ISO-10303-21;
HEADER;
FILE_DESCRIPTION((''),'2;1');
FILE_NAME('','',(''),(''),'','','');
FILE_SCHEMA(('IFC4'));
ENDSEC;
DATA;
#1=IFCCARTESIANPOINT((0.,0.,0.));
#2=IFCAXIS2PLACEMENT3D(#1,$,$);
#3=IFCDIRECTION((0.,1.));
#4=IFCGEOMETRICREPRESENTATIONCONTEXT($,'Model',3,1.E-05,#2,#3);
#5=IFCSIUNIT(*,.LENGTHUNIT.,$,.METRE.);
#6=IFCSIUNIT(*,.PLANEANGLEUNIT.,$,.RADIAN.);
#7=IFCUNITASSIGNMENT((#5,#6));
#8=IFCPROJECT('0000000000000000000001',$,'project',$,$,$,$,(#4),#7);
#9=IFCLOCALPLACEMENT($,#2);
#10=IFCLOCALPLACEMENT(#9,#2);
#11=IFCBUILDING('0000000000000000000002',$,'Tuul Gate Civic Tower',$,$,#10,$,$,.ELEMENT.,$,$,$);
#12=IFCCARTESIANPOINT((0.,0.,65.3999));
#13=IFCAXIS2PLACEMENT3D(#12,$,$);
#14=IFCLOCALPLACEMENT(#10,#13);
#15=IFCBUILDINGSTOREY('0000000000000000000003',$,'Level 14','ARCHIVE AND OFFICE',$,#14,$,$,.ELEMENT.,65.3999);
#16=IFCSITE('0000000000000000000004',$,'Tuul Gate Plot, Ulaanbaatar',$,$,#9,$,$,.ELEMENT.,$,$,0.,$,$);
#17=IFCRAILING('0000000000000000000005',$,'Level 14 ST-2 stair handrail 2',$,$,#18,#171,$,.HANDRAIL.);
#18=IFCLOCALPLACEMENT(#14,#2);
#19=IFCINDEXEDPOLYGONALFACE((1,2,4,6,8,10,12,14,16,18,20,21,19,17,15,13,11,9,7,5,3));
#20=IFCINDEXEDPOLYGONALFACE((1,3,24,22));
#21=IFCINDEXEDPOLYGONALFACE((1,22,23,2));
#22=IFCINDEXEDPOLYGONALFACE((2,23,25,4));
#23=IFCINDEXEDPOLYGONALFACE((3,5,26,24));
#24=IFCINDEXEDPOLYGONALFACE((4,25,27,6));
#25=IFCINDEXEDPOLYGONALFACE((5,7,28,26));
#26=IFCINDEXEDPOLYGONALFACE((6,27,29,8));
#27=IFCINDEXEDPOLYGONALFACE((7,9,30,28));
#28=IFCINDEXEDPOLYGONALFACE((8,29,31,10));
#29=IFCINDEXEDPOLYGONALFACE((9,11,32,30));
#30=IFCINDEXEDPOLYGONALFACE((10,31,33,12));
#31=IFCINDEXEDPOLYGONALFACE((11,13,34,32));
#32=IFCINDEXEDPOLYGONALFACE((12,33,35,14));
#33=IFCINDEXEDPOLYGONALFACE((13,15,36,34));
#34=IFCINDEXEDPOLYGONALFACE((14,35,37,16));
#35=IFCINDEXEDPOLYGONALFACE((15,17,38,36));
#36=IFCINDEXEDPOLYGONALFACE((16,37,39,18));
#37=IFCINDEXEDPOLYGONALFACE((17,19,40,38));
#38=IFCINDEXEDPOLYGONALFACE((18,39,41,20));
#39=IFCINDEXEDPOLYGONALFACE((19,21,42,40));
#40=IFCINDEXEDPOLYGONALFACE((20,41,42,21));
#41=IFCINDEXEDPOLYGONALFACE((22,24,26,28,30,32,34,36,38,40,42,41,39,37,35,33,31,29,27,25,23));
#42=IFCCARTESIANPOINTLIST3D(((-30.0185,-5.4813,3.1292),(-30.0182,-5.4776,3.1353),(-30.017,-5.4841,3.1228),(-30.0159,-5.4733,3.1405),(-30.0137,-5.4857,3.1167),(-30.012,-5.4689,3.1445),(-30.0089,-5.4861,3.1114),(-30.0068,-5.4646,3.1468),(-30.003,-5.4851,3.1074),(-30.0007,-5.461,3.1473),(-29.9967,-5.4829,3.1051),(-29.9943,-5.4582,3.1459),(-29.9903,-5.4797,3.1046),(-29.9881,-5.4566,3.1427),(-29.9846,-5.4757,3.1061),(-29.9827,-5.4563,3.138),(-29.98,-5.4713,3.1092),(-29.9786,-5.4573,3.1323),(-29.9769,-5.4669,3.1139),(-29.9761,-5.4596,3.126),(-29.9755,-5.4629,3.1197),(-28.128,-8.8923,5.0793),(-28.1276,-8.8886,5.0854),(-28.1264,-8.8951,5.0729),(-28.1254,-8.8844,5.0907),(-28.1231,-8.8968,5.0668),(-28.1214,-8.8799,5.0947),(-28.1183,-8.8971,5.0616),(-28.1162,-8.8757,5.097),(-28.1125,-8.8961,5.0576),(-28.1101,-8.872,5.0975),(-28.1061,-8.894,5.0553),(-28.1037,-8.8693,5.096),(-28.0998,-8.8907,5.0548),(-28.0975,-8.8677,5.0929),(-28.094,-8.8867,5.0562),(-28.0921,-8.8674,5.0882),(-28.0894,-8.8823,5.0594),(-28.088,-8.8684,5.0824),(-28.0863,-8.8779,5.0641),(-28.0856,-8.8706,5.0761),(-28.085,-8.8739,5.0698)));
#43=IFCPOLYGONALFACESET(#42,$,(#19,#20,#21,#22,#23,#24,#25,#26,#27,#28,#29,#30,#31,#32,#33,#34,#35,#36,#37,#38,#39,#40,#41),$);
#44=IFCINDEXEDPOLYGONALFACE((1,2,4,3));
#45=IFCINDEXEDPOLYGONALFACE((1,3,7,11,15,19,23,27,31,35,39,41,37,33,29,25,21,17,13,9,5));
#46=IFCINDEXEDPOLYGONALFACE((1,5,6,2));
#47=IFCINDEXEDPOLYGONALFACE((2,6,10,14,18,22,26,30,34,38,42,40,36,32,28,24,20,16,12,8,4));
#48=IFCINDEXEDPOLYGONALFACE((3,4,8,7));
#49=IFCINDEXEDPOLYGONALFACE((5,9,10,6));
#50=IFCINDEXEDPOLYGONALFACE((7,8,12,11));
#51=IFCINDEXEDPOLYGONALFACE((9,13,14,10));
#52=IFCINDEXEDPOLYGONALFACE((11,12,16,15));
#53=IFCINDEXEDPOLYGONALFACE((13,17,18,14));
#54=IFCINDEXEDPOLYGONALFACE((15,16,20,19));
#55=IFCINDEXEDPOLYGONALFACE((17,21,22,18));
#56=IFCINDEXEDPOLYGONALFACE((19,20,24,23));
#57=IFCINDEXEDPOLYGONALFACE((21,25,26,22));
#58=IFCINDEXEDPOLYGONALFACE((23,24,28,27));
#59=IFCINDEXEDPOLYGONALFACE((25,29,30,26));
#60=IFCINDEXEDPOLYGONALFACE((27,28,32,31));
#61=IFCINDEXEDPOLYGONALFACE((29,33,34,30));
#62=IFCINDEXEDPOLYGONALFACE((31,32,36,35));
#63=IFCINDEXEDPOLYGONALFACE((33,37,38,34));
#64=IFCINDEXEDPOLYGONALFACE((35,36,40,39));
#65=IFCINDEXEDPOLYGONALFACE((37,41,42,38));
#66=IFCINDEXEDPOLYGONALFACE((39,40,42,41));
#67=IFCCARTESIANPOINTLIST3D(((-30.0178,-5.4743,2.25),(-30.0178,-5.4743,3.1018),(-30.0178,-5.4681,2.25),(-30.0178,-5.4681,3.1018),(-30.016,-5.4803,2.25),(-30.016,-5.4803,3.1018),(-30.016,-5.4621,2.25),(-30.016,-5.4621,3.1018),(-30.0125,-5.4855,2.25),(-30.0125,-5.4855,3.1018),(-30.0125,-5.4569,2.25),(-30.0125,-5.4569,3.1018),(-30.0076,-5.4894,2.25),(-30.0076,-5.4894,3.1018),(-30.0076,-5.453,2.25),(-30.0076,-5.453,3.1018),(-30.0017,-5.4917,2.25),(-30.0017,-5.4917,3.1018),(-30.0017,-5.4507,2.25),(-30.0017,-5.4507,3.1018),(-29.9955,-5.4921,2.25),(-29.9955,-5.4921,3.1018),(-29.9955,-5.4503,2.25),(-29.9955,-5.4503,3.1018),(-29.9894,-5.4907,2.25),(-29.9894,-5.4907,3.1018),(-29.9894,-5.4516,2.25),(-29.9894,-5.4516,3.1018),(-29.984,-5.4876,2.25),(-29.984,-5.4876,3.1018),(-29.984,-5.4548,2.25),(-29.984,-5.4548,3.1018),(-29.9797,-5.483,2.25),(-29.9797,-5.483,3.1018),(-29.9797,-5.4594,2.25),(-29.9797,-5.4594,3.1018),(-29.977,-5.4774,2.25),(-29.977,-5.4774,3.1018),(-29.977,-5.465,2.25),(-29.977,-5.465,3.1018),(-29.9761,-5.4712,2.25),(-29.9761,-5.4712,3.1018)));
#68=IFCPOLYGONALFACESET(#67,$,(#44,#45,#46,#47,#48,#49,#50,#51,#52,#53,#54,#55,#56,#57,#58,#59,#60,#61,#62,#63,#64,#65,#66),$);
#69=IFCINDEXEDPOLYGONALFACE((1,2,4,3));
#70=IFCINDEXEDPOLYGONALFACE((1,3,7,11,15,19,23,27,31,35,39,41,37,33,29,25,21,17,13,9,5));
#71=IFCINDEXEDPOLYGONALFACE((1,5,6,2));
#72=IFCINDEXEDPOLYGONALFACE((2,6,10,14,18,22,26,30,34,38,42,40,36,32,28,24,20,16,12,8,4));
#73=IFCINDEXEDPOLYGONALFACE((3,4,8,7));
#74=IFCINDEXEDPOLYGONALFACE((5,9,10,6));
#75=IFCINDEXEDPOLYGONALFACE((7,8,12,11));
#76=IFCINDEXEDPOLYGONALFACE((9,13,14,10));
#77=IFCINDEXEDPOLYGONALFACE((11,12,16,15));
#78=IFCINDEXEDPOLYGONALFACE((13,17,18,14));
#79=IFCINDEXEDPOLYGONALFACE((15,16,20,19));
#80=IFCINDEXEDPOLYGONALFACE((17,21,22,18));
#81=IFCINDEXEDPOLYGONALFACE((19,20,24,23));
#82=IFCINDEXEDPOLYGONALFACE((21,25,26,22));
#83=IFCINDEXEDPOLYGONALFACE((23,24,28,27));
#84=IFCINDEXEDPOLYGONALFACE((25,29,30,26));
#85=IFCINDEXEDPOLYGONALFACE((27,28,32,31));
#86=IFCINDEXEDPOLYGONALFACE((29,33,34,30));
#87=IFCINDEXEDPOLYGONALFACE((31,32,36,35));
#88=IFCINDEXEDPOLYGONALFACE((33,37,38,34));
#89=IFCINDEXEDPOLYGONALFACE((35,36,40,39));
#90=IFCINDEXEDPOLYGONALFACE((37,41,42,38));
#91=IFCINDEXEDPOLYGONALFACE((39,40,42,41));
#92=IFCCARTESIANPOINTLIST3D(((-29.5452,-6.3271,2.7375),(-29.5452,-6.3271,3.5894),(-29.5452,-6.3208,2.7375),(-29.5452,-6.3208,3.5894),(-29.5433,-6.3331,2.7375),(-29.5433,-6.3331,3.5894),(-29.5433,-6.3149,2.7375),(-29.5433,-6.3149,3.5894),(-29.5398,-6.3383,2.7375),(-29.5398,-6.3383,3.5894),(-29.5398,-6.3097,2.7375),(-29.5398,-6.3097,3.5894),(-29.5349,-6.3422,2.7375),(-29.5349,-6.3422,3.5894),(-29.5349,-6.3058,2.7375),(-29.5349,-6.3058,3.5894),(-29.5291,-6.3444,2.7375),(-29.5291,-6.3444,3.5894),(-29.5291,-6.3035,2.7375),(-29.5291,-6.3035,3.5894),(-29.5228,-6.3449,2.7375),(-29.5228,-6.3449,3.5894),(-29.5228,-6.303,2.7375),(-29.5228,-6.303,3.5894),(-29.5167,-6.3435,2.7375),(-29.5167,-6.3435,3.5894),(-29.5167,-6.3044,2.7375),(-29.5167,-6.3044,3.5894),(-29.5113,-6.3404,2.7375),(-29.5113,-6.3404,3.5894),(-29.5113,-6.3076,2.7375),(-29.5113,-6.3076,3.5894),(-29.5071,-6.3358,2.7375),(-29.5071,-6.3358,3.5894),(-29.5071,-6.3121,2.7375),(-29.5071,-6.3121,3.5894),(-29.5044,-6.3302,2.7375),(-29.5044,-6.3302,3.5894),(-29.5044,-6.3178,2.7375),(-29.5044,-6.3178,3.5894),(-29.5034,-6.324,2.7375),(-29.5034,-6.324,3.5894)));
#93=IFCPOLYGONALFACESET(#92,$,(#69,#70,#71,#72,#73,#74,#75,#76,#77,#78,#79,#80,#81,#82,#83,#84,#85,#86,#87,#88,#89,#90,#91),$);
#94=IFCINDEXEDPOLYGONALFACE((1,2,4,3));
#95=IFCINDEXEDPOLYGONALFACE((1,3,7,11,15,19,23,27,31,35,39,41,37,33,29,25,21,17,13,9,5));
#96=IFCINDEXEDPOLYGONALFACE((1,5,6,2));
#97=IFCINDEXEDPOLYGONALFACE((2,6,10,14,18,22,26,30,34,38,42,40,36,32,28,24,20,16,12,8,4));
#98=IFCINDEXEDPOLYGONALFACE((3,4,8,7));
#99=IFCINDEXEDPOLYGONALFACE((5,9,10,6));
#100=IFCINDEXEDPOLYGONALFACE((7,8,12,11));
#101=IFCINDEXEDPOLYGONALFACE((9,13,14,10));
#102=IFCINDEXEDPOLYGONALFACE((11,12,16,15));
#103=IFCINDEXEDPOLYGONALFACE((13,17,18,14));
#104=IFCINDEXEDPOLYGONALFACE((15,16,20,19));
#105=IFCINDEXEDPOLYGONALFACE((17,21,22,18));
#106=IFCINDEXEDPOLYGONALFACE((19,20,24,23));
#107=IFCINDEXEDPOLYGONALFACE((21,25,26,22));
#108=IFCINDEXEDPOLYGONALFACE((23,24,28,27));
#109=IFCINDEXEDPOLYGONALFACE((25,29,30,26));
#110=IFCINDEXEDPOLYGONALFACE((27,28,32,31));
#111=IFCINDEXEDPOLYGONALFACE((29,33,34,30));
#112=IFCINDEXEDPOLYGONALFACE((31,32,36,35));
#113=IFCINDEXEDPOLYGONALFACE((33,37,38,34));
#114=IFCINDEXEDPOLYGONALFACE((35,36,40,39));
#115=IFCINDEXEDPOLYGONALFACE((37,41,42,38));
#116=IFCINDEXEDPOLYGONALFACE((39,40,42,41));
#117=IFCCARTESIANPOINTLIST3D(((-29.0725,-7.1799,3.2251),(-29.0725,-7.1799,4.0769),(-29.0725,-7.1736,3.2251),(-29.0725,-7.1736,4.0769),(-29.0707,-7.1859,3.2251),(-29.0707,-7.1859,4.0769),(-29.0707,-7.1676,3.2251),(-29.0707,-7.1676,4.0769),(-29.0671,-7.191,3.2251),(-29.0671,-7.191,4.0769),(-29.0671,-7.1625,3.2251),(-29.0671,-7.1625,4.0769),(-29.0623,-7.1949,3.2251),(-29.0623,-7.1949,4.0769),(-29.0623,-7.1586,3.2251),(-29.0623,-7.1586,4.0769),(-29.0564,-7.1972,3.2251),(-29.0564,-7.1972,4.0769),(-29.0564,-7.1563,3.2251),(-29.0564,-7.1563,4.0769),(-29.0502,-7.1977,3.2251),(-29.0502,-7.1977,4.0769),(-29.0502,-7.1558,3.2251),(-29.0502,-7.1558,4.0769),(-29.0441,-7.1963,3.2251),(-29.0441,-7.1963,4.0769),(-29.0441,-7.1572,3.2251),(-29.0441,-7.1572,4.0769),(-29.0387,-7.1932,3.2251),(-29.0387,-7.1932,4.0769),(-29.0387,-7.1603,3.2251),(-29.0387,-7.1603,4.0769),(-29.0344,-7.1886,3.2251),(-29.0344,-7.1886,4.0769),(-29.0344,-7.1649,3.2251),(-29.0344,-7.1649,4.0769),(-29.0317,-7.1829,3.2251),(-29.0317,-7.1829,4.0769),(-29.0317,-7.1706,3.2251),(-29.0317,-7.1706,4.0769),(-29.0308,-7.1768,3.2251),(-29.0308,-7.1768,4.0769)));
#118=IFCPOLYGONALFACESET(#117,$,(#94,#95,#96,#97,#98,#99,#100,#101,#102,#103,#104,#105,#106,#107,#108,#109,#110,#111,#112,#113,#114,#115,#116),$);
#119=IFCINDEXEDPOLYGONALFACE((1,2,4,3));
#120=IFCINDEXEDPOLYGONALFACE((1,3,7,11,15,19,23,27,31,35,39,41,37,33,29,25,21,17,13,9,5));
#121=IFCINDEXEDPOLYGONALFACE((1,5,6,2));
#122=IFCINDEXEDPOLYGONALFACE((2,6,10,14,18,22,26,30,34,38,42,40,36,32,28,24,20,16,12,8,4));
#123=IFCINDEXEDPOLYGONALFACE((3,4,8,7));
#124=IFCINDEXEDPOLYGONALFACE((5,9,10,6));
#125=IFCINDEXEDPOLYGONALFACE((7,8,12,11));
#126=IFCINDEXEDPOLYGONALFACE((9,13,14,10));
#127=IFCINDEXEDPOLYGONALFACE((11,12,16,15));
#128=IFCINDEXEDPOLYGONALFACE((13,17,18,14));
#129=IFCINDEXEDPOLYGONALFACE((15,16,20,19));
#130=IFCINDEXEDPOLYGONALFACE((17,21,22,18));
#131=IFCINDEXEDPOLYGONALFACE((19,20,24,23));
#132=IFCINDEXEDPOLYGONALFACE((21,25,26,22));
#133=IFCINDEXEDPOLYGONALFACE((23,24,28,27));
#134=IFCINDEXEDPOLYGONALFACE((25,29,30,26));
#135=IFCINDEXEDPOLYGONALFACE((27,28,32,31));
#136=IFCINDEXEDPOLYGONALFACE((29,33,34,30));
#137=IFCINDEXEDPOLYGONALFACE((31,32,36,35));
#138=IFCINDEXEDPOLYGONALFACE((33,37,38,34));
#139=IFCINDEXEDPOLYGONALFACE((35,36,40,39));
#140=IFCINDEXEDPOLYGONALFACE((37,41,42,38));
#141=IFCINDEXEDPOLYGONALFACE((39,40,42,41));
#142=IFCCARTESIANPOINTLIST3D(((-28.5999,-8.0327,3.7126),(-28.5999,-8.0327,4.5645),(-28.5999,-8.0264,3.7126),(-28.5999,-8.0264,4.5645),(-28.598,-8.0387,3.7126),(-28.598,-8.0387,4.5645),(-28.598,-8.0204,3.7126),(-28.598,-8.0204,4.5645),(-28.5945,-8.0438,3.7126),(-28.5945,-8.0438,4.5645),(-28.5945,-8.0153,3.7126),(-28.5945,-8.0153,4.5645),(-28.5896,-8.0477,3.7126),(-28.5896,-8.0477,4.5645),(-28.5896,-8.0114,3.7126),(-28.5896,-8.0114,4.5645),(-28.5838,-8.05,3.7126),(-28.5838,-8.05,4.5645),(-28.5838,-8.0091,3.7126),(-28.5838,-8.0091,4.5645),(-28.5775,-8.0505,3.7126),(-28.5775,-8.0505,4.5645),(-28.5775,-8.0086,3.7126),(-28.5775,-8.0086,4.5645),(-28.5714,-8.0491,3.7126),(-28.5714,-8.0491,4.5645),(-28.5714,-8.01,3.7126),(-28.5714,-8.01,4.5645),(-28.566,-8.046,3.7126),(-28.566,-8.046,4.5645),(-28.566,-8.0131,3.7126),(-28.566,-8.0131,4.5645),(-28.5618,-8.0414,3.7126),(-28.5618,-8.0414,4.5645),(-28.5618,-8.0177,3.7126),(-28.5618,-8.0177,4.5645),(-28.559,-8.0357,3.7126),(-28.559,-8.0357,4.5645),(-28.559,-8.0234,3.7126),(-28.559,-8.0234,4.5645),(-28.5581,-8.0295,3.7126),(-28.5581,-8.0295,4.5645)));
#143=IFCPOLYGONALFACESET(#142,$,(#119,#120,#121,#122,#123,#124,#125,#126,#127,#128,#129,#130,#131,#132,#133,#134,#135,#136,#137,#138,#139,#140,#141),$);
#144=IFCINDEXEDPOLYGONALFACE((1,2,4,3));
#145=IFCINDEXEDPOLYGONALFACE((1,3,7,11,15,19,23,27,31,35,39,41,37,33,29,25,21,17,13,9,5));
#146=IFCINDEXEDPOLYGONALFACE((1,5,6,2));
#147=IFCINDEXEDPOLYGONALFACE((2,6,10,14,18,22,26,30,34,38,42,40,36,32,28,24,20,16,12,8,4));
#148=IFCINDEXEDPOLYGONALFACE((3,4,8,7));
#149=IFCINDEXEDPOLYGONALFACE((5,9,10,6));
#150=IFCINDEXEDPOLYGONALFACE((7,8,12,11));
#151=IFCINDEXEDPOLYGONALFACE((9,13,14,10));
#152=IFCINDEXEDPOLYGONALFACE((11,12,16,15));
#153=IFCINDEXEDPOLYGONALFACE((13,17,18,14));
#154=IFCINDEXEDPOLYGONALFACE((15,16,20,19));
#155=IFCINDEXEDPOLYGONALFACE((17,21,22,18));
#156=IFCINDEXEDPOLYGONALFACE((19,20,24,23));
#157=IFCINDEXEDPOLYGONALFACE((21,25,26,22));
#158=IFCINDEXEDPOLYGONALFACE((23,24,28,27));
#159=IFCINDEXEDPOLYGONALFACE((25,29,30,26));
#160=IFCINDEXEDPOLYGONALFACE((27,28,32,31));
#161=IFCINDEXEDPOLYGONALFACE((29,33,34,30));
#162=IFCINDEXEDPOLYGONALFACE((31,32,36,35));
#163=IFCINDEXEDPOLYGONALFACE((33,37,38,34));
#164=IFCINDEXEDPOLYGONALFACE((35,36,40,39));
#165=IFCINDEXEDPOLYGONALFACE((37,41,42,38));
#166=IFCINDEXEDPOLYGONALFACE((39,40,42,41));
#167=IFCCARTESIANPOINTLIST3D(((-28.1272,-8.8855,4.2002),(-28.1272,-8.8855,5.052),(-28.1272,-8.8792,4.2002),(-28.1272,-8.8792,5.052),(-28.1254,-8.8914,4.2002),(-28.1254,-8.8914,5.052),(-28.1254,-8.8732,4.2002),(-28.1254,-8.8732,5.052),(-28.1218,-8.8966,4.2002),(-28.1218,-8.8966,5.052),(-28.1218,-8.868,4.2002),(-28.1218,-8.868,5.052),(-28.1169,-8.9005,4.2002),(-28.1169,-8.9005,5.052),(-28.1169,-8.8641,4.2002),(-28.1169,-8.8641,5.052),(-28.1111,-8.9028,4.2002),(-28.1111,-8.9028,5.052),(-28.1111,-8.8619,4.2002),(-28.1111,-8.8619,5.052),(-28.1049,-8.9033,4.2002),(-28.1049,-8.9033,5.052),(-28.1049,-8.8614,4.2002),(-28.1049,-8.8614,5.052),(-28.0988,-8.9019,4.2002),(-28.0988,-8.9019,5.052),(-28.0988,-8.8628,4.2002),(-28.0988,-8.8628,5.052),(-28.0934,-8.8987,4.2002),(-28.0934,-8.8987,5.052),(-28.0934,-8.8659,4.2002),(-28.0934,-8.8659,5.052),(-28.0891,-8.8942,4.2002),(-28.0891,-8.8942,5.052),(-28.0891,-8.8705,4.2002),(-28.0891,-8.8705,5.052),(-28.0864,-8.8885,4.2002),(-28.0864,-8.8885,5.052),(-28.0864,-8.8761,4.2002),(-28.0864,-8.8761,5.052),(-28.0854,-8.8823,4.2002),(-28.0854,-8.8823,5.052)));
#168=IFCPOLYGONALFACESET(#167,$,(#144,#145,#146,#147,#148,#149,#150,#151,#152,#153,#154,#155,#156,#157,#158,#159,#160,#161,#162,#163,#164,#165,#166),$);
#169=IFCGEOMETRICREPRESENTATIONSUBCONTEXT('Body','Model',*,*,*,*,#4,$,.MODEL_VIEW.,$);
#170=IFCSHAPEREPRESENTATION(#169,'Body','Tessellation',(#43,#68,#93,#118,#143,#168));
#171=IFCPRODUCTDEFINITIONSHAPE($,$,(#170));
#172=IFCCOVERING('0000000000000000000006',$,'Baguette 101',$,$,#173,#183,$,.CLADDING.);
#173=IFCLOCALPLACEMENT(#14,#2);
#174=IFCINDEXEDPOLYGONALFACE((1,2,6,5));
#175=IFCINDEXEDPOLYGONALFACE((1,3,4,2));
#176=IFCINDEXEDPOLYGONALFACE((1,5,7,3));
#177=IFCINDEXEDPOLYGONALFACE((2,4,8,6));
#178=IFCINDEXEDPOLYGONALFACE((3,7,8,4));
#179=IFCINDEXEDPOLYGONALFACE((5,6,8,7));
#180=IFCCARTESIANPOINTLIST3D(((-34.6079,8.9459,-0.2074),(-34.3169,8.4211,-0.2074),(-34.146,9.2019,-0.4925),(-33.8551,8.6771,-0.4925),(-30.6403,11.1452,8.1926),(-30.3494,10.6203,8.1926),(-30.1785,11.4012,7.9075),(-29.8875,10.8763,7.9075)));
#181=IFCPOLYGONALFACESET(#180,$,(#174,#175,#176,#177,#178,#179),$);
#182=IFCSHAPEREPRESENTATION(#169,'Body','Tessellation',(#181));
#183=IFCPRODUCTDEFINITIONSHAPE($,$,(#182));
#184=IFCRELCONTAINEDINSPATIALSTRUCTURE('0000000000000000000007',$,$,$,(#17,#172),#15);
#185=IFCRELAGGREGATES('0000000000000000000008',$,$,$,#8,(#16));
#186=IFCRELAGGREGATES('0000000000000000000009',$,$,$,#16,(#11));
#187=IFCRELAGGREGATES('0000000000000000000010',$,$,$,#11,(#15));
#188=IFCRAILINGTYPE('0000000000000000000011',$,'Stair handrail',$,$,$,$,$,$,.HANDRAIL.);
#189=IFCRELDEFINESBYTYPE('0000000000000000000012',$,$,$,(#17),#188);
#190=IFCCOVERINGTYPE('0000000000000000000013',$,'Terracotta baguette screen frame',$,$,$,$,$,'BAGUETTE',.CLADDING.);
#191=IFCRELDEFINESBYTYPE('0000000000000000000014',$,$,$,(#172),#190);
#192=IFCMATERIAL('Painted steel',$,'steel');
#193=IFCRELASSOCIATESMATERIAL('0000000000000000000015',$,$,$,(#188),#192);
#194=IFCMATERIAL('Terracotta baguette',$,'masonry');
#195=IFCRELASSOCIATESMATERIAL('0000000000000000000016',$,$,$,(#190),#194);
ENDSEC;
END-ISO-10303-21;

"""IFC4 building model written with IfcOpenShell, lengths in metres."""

from ifc_helpers import new_model, si_unit, direction, frame, origin, origin_2d, place, context, subcontext, project, spatial, rectangle, circle, extrude, material, material_profile, profile_set, type_object, element, save


model = new_model("IFC4")

# Units and contexts
model_context = context("Model", 3, precision=1e-05, world=origin(), true_north=direction((0.0, 1.0)))
body_context = subcontext(model_context, "Body", "Model", "MODEL_VIEW")
ifc_project = project(units=[si_unit("LENGTHUNIT", "METRE"), si_unit("PLANEANGLEUNIT", "RADIAN")], contexts=[model_context])

# Site, building, storey
site_placement = place(None, origin())
site = spatial("IfcSite", under=ifc_project, at=site_placement, Name="Tuul Gate Plot, Ulaanbaatar", CompositionType="ELEMENT", RefElevation=0.0)
building_placement = place(site_placement, origin())
building = spatial("IfcBuilding", under=site, at=building_placement, Name="Tuul Gate Civic Tower", CompositionType="ELEMENT")
storey_placement = place(building_placement, frame((0.0, 0.0, 65.3999)))
storey = spatial("IfcBuildingStorey", under=building, at=storey_placement, Name="Level 14", Description="ARCHIVE AND OFFICE", CompositionType="ELEMENT", Elevation=65.3999)

# Railing
ifc_material_1 = material(Name="Painted steel", Category="steel")
railing_type_1 = type_object("IfcRailingType", Name="Stair handrail", PredefinedType="HANDRAIL", material=ifc_material_1)
railing_1_placement = place(storey_placement, frame((-29.9971, -5.4712, 2.25)))
element("IfcRailing", 1, at=railing_1_placement, inside=storey, type_object=railing_type_1, Name="Level 14 ST-2 stair handrail 2", PredefinedType="HANDRAIL", context=body_context, shape_type="SweptSolid", body=[
    extrude(circle(Radius=0.0239, at=origin_2d()), frame((0.0, 0.0, 0.876), z_axis=(0.433585, -0.782289, 0.447246), x_axis=(0.874641, 0.484771, 0.0)), (0.0, 0.0, 1.0), 4.3604),
    extrude(circle(Radius=0.021, at=origin_2d()), origin(), (0.0, 0.0, 1.0), 0.8518),
    extrude(circle(Radius=0.021, at=origin_2d()), frame((0.4727, -0.8528, 0.4875)), (0.0, 0.0, 1.0), 0.8518),
    extrude(circle(Radius=0.021, at=origin_2d()), frame((0.9453, -1.7056, 0.9751)), (0.0, 0.0, 1.0), 0.8518),
    extrude(circle(Radius=0.021, at=origin_2d()), frame((1.418, -2.5583, 1.4626)), (0.0, 0.0, 1.0), 0.8518),
    extrude(circle(Radius=0.021, at=origin_2d()), frame((1.8906, -3.4111, 1.9502)), (0.0, 0.0, 1.0), 0.8518),
])

# Covering
ifc_material_2 = material(Name="Terracotta baguette", Category="masonry")
ifc_material_profile_1 = material_profile(ifc_material_2, rectangle(XDim=0.6001, YDim=0.6001, at=origin_2d()), Name="Terracotta baguette screen frame")
ifc_profile_set_1 = profile_set([ifc_material_profile_1], Name="Terracotta baguette")
covering_type = type_object("IfcCoveringType", Name="Terracotta baguette screen frame", ElementType="BAGUETTE", PredefinedType="CLADDING", material=ifc_profile_set_1)
covering_placement = place(storey_placement, frame((-30.2639, 11.0107, 8.05), z_axis=(-0.415599, -0.230368, -0.879891), x_axis=(0.484806, -0.874621, 0.0)))
element("IfcCovering", 2, at=covering_placement, inside=storey, type_object=covering_type, Name="Baguette 101", PredefinedType="CLADDING", context=body_context, shape_type="SweptSolid", body=[
    extrude(rectangle(XDim=0.6001, YDim=0.6001, at=origin_2d()), origin(), (0.0, 0.0, 1.0), 9.5466),
])

save(model, "model.ifc")
